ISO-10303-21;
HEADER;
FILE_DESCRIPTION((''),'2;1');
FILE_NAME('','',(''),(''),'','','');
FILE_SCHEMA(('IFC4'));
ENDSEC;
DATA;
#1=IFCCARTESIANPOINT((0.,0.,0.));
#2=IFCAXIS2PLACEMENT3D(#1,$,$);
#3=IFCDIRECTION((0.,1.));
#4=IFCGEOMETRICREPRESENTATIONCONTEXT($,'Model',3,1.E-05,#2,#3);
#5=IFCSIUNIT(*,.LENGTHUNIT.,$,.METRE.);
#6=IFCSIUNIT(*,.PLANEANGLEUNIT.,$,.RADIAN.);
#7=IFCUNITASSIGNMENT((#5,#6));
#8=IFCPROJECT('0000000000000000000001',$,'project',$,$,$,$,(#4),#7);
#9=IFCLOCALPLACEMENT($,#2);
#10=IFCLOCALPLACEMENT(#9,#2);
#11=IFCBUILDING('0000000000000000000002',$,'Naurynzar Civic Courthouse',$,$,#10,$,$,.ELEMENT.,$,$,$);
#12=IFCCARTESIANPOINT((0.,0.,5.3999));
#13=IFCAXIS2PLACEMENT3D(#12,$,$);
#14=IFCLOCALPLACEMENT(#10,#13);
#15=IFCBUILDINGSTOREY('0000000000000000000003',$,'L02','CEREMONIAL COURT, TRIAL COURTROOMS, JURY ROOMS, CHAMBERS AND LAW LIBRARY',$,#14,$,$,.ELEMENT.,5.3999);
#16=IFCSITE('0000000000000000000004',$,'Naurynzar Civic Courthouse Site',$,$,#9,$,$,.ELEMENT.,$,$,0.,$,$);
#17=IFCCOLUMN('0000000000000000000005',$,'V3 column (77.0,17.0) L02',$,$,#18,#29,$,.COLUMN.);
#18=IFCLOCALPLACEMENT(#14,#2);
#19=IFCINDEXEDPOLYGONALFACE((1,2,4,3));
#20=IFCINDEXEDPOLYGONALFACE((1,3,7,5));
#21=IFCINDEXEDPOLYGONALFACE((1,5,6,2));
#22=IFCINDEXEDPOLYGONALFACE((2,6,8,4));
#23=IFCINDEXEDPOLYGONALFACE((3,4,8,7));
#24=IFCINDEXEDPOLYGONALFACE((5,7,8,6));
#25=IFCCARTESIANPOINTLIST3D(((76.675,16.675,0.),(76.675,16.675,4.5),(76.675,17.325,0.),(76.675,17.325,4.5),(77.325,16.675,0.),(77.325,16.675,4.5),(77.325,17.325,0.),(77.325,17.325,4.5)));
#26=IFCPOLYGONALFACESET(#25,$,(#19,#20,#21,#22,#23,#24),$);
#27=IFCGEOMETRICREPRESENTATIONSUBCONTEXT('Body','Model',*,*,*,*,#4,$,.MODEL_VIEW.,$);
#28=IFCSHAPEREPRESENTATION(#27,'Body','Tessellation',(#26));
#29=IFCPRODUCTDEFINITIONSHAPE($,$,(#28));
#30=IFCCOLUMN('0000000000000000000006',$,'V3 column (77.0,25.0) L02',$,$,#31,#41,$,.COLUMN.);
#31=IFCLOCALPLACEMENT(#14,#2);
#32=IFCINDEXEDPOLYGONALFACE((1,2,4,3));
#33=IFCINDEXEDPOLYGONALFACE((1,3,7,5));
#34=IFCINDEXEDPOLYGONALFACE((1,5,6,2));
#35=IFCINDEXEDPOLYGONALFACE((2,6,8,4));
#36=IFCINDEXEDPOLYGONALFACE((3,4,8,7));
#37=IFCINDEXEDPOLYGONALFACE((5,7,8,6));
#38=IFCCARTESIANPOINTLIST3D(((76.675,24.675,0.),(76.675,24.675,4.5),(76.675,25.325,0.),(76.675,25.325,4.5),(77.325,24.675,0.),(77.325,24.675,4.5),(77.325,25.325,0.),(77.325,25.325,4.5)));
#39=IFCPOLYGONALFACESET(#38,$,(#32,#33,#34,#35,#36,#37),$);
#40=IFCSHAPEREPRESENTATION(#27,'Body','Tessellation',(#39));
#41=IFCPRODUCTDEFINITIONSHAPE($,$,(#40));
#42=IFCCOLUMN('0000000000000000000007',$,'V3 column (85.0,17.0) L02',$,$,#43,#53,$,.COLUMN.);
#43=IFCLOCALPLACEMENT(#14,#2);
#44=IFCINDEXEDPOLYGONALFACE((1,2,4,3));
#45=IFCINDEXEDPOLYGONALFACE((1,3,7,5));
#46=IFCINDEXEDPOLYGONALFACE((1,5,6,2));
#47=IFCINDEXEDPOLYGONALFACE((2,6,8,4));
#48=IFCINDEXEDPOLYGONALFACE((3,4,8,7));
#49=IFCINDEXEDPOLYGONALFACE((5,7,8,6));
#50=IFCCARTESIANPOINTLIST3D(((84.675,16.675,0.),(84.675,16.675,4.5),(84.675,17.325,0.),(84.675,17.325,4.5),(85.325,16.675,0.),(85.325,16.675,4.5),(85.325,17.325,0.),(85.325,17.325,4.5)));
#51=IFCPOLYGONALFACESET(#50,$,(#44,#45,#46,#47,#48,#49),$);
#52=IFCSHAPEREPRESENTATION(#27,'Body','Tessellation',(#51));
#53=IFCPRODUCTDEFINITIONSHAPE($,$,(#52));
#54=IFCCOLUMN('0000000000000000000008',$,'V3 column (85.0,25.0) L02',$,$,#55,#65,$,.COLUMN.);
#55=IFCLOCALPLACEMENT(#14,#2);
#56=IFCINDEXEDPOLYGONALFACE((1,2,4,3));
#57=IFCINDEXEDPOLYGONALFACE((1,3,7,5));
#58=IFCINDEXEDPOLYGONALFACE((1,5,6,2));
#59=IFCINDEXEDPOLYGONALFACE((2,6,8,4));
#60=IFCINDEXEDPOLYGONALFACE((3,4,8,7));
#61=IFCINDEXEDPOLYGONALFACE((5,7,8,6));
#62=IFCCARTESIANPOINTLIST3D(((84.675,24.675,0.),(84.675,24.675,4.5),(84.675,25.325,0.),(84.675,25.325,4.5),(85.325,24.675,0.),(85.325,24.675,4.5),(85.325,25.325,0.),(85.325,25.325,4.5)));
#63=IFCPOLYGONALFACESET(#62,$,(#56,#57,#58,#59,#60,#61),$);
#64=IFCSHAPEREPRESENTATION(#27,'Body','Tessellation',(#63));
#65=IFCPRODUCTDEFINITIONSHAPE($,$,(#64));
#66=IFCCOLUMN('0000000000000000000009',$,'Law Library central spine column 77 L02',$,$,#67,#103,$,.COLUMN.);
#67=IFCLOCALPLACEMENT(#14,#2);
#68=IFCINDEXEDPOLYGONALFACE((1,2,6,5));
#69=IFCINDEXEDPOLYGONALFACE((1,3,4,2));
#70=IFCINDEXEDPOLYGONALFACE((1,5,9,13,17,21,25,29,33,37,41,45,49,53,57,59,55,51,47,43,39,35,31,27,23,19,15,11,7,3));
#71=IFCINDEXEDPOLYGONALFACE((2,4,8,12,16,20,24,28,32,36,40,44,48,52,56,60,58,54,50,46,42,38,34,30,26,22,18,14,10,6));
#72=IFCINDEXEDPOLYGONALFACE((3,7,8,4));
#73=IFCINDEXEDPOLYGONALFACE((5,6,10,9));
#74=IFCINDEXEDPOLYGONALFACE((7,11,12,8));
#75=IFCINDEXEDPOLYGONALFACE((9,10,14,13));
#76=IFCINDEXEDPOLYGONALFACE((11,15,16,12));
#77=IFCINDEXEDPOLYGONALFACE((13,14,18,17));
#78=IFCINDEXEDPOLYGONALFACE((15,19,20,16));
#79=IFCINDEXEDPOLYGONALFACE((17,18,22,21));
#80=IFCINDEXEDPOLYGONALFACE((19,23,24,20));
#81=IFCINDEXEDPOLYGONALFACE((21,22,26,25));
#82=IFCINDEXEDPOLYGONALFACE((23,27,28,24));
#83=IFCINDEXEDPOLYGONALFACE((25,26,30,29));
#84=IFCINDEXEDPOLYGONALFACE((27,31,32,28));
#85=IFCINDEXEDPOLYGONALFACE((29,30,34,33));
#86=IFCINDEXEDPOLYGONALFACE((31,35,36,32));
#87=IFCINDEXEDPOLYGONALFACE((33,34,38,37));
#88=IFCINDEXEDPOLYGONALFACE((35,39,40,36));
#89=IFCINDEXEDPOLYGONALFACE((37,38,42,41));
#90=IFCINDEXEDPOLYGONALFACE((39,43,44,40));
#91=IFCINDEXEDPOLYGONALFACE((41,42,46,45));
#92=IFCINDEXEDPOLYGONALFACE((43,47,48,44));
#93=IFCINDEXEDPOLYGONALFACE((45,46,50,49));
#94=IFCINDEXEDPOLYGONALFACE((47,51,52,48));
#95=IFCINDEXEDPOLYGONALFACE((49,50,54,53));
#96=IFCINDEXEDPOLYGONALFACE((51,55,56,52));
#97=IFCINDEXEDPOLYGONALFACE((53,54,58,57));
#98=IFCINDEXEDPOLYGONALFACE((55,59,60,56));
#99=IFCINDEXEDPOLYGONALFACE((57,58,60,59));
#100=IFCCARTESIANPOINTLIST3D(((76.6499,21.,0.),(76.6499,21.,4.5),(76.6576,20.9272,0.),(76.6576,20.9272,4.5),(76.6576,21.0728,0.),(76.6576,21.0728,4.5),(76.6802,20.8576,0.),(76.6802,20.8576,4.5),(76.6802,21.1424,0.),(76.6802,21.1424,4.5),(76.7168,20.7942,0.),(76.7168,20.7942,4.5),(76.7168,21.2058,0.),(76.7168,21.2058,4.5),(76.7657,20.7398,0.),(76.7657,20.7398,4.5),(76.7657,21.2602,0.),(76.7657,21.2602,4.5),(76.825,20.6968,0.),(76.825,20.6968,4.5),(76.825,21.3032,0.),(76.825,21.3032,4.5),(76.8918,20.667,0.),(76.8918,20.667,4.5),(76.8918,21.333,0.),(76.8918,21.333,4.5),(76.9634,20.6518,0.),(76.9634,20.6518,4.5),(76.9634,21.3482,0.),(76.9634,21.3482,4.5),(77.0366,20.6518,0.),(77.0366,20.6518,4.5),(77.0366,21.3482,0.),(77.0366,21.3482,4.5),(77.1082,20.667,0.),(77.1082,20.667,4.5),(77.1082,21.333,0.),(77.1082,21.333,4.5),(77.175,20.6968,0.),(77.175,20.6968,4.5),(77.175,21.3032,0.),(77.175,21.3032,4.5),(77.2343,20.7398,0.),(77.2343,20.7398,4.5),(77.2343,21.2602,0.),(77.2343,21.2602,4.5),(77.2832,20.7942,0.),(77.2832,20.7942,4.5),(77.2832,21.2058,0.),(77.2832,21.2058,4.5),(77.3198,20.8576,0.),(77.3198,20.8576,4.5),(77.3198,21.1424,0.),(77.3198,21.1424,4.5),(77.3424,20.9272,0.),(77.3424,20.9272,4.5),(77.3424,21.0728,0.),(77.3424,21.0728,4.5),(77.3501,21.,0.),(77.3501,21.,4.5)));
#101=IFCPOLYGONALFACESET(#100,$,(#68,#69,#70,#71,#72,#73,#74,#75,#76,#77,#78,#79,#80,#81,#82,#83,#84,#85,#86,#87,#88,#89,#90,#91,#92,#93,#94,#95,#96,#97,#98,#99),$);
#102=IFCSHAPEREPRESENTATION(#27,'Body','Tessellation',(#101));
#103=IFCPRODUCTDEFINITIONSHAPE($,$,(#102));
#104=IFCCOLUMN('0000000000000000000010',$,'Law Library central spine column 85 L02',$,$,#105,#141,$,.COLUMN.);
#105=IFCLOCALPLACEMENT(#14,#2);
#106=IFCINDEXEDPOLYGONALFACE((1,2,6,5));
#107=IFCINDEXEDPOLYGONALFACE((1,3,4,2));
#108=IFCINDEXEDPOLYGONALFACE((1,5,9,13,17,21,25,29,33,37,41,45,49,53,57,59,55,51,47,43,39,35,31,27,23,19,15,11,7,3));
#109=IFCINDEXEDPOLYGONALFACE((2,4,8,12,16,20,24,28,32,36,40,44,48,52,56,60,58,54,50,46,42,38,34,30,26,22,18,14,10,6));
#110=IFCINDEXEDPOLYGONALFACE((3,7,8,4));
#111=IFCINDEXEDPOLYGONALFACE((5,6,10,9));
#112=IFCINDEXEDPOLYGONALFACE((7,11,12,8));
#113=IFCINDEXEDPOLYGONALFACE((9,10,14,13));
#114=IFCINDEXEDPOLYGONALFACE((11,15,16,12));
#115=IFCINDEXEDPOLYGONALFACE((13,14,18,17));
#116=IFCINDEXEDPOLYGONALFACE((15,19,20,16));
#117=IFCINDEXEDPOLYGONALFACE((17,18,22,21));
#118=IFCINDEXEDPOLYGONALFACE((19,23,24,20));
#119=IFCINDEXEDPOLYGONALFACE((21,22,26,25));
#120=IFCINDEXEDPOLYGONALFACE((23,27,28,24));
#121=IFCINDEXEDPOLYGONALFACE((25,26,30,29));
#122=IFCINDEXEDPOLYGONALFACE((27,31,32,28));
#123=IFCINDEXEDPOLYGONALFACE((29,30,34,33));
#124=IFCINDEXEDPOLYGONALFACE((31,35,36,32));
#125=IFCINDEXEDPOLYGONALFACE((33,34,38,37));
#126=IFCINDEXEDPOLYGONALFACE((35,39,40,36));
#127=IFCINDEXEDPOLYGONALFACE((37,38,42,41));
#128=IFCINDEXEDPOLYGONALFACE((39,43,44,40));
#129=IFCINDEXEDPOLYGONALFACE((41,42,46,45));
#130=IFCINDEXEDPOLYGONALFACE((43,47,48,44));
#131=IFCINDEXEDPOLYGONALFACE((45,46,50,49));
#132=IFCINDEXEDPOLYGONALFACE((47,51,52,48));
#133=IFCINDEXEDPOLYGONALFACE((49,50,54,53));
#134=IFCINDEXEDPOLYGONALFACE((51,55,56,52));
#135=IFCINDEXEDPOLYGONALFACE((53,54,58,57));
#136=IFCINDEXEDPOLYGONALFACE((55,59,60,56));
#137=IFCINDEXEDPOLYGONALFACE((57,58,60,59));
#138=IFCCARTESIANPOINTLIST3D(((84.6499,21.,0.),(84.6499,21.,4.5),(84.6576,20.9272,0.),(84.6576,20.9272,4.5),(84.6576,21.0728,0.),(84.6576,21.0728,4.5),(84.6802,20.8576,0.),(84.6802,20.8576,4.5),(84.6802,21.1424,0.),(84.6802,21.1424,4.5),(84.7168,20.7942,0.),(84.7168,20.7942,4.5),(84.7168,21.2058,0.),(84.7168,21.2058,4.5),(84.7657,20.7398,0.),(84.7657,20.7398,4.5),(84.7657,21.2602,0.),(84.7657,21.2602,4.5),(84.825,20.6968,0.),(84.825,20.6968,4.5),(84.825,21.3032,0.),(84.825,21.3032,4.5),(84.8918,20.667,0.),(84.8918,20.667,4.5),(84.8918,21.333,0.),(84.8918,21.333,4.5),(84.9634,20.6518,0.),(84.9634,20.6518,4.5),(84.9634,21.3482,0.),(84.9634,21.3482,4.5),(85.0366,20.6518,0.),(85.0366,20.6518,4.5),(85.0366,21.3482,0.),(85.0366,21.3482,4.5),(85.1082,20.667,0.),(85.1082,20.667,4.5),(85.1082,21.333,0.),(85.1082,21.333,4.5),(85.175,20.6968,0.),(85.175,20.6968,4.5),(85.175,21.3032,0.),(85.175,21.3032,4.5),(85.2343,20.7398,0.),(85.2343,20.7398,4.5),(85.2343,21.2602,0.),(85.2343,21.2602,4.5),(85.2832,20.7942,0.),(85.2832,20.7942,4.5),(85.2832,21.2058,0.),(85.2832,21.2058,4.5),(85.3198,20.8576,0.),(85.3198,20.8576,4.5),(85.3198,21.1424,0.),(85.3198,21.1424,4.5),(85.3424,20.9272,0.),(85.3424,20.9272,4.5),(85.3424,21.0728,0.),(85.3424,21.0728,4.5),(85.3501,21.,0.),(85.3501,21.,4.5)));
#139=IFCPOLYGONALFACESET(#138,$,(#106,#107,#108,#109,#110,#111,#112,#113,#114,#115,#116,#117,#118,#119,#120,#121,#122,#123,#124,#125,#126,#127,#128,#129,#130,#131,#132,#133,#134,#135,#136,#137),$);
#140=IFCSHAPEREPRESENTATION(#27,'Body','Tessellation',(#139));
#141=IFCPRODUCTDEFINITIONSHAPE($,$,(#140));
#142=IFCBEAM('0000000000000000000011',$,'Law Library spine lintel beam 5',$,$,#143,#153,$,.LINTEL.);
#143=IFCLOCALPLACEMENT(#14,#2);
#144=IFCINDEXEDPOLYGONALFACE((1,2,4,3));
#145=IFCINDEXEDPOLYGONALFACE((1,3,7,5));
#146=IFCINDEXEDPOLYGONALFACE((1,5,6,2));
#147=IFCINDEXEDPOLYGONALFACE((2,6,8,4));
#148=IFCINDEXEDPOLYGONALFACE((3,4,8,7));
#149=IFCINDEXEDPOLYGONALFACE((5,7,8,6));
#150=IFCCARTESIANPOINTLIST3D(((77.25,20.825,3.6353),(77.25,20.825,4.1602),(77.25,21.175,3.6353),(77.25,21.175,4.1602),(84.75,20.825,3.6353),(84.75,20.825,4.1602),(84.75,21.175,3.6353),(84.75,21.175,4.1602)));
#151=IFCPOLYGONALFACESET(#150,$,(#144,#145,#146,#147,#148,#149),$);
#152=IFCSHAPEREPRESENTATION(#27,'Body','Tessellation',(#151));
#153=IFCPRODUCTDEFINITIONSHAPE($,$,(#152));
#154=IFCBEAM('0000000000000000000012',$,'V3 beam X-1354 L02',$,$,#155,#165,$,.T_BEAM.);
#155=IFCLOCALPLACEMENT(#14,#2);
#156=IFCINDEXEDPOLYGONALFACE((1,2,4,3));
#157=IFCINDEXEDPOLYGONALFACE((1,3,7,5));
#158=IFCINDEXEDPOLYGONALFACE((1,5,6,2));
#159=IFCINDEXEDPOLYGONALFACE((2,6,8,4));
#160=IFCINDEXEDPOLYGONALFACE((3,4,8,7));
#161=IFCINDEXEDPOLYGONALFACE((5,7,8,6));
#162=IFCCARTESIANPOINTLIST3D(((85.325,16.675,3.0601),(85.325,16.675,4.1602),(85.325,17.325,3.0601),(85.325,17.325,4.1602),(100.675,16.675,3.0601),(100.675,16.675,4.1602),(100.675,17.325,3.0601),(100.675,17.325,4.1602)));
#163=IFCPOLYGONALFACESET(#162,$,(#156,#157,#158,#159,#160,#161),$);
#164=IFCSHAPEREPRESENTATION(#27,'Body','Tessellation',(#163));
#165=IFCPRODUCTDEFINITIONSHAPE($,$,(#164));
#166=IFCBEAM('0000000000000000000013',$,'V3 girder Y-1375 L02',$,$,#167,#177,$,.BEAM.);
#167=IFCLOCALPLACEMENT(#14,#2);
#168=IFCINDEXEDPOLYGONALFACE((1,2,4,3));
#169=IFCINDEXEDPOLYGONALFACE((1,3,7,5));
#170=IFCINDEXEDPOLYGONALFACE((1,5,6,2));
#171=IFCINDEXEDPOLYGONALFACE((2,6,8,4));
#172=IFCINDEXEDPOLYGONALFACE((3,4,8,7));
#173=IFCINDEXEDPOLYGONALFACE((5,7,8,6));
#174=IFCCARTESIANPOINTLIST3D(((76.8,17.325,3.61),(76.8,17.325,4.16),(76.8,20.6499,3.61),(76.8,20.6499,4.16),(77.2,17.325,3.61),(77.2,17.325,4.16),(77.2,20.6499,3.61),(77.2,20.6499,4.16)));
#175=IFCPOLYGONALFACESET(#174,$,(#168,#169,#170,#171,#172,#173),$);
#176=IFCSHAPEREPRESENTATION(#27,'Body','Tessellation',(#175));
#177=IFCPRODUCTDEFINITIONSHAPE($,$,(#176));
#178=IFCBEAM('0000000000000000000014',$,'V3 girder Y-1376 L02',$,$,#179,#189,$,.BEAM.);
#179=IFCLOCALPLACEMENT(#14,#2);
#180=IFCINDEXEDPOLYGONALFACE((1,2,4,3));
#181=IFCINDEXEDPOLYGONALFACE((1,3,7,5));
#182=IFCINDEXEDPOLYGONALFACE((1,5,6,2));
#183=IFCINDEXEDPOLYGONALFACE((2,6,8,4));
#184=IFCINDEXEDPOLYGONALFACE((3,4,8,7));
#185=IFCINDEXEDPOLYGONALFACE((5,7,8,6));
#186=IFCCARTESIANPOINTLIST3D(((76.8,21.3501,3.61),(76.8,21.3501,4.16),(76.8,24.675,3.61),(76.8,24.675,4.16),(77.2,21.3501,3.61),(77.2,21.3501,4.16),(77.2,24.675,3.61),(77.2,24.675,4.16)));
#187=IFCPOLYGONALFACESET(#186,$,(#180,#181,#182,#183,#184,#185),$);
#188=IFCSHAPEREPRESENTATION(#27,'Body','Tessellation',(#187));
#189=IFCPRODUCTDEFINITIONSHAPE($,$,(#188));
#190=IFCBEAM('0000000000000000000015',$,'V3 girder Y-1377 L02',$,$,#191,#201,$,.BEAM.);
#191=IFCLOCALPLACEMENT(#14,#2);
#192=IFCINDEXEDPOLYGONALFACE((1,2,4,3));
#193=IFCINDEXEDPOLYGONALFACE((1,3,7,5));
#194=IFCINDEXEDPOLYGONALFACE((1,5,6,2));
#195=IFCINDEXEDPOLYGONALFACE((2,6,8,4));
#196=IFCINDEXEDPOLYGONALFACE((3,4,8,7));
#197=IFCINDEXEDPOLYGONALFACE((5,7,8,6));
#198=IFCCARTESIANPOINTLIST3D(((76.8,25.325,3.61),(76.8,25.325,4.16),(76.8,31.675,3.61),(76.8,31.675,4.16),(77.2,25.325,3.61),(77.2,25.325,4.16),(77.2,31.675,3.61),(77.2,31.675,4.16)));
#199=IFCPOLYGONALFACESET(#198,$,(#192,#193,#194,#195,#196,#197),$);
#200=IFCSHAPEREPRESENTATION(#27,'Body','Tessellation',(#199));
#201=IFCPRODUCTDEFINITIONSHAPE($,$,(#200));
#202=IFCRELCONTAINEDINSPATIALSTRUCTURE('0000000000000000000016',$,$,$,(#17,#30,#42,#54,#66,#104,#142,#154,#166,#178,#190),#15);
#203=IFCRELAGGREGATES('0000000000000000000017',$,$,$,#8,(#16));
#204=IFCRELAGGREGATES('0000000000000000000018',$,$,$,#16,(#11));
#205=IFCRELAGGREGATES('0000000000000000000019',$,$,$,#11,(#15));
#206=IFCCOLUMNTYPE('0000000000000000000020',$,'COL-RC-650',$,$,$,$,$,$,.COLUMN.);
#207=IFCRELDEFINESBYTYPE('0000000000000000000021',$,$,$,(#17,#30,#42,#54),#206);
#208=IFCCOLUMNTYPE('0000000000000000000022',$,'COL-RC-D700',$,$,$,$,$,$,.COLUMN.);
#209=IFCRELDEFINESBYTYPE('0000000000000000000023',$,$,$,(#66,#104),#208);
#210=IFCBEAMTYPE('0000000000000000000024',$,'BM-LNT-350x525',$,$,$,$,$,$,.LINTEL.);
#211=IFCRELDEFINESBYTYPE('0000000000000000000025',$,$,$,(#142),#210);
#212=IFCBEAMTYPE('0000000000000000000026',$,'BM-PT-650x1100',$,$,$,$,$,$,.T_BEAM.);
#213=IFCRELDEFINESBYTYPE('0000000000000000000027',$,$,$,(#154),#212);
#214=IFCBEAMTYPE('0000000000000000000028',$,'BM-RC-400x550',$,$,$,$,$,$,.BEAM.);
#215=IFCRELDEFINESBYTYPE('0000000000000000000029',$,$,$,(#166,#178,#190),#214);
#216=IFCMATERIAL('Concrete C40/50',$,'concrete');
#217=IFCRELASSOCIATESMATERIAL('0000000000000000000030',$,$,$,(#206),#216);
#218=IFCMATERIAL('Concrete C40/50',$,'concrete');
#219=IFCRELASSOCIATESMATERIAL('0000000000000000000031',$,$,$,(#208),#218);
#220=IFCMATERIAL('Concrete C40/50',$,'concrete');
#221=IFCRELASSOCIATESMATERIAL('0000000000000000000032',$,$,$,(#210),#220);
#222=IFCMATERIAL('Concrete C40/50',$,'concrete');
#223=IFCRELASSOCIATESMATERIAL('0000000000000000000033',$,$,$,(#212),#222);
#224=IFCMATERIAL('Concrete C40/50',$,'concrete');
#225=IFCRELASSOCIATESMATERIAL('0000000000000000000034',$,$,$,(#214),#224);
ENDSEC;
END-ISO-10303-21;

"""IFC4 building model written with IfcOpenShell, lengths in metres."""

from ifc_helpers import new_model, si_unit, direction, frame, origin, origin_2d, place, context, subcontext, project, spatial, rectangle, circle, extrude, material, material_profile, profile_set, type_object, element, save


model = new_model("IFC4")

# Units and contexts
model_context = context("Model", 3, precision=1e-05, world=origin(), true_north=direction((0.0, 1.0)))
body_context = subcontext(model_context, "Body", "Model", "MODEL_VIEW")
ifc_project = project(units=[si_unit("LENGTHUNIT", "METRE"), si_unit("PLANEANGLEUNIT", "RADIAN")], contexts=[model_context])

# Site, building, storey
site_placement = place(None, origin())
site = spatial("IfcSite", under=ifc_project, at=site_placement, Name="Naurynzar Civic Courthouse Site", CompositionType="ELEMENT", RefElevation=0.0)
building_placement = place(site_placement, origin())
building = spatial("IfcBuilding", under=site, at=building_placement, Name="Naurynzar Civic Courthouse", CompositionType="ELEMENT")
storey_placement = place(building_placement, frame((0.0, 0.0, 5.3999)))
storey = spatial("IfcBuildingStorey", under=building, at=storey_placement, Name="L02", Description="CEREMONIAL COURT, TRIAL COURTROOMS, JURY ROOMS, CHAMBERS AND LAW LIBRARY", CompositionType="ELEMENT", Elevation=5.3999)

# Columns
ifc_material_1 = material(Name="Concrete C40/50", Category="concrete")
ifc_material_profile_1 = material_profile(ifc_material_1, rectangle(XDim=0.6499, YDim=0.6499, at=origin_2d()), Name="RC 650x650")
ifc_profile_set_1 = profile_set([ifc_material_profile_1], Name="Concrete C40/50")
column_type_1 = type_object("IfcColumnType", Name="COL-RC-650", PredefinedType="COLUMN", material=ifc_profile_set_1)
for number, where, z_axis, x_axis, name in (
    (1, (77.0, 17.0, 0.0), (0.0, 0.0, 1.0), (1.0, 0.0, 0.0), "V3 column (77.0,17.0) L02"),
    (2, (77.0, 25.0, 0.0), (0.0, 0.0, 1.0), (1.0, 0.0, 0.0), "V3 column (77.0,25.0) L02"),
    (3, (85.0, 17.0, 0.0), (0.0, 0.0, 1.0), (1.0, 0.0, 0.0), "V3 column (85.0,17.0) L02"),
    (4, (85.0, 25.0, 0.0), (0.0, 0.0, 1.0), (1.0, 0.0, 0.0), "V3 column (85.0,25.0) L02"),
):
    element("IfcColumn", number, at=place(storey_placement, frame(where, z_axis=z_axis, x_axis=x_axis)), inside=storey, type_object=column_type_1, Name=name, PredefinedType="COLUMN", context=body_context, shape_type="SweptSolid", body=[
        extrude(rectangle(XDim=0.6499, YDim=0.6499, at=origin_2d()), origin(), (0.0, 0.0, 1.0), 4.5),
    ])
ifc_material_2 = material(Name="Concrete C40/50", Category="concrete")
ifc_material_profile_2 = material_profile(ifc_material_2, circle(Radius=0.3501, at=origin_2d()), Name="RC D700")
ifc_profile_set_2 = profile_set([ifc_material_profile_2], Name="Concrete C40/50")
column_type_2 = type_object("IfcColumnType", Name="COL-RC-D700", PredefinedType="COLUMN", material=ifc_profile_set_2)
for number, where, z_axis, x_axis, name in (
    (5, (77.0, 21.0, 0.0), (0.0, 0.0, 1.0), (1.0, 0.0, 0.0), "Law Library central spine column 77 L02"),
    (6, (85.0, 21.0, 0.0), (0.0, 0.0, 1.0), (1.0, 0.0, 0.0), "Law Library central spine column 85 L02"),
):
    element("IfcColumn", number, at=place(storey_placement, frame(where, z_axis=z_axis, x_axis=x_axis)), inside=storey, type_object=column_type_2, Name=name, PredefinedType="COLUMN", context=body_context, shape_type="SweptSolid", body=[
        extrude(circle(Radius=0.3501, at=origin_2d()), origin(), (0.0, 0.0, 1.0), 4.5),
    ])

# Beams
ifc_material_3 = material(Name="Concrete C40/50", Category="concrete")
ifc_material_profile_3 = material_profile(ifc_material_3, rectangle(XDim=0.3501, YDim=0.5249, at=origin_2d()), Name="RCB 350x525")
ifc_profile_set_3 = profile_set([ifc_material_profile_3], Name="Concrete C40/50")
beam_type_1 = type_object("IfcBeamType", Name="BM-LNT-350x525", PredefinedType="LINTEL", material=ifc_profile_set_3)
beam_1_placement = place(storey_placement, frame((77.25, 21.0, 3.8977), z_axis=(1.0, 0.0, 0.0), x_axis=(0.0, 1.0, 0.0)))
element("IfcBeam", 7, at=beam_1_placement, inside=storey, type_object=beam_type_1, Name="Law Library spine lintel beam 5", PredefinedType="LINTEL", context=body_context, shape_type="SweptSolid", body=[
    extrude(rectangle(XDim=0.3501, YDim=0.5249, at=origin_2d()), origin(), (0.0, 0.0, 1.0), 7.5),
])
ifc_material_4 = material(Name="Concrete C40/50", Category="concrete")
ifc_material_profile_4 = material_profile(ifc_material_4, rectangle(XDim=0.6499, YDim=1.1001, at=origin_2d()), Name="PTB 650x1100")
ifc_profile_set_4 = profile_set([ifc_material_profile_4], Name="Concrete C40/50")
beam_type_2 = type_object("IfcBeamType", Name="BM-PT-650x1100", PredefinedType="T_BEAM", material=ifc_profile_set_4)
beam_2_placement = place(storey_placement, frame((85.325, 17.0, 3.6101), z_axis=(1.0, 0.0, 0.0), x_axis=(0.0, 1.0, 0.0)))
element("IfcBeam", 8, at=beam_2_placement, inside=storey, type_object=beam_type_2, Name="V3 beam X-1354 L02", PredefinedType="T_BEAM", context=body_context, shape_type="SweptSolid", body=[
    extrude(rectangle(XDim=0.6499, YDim=1.1001, at=origin_2d()), origin(), (0.0, 0.0, 1.0), 15.3501),
])
ifc_material_5 = material(Name="Concrete C40/50", Category="concrete")
ifc_material_profile_5 = material_profile(ifc_material_5, rectangle(XDim=0.3999, YDim=0.55, at=origin_2d()), Name="RCB 400x550")
ifc_profile_set_5 = profile_set([ifc_material_profile_5], Name="Concrete C40/50")
beam_type_3 = type_object("IfcBeamType", Name="BM-RC-400x550", PredefinedType="BEAM", material=ifc_profile_set_5)
for number, where, z_axis, x_axis, name in (
    (9, (77.0, 17.325, 3.885), (0.0, 1.0, 0.0), (-1.0, 0.0, 0.0), "V3 girder Y-1375 L02"),
    (10, (77.0, 21.3501, 3.885), (0.0, 1.0, 0.0), (-1.0, 0.0, 0.0), "V3 girder Y-1376 L02"),
):
    element("IfcBeam", number, at=place(storey_placement, frame(where, z_axis=z_axis, x_axis=x_axis)), inside=storey, type_object=beam_type_3, Name=name, PredefinedType="BEAM", context=body_context, shape_type="SweptSolid", body=[
        extrude(rectangle(XDim=0.3999, YDim=0.55, at=origin_2d()), origin(), (0.0, 0.0, 1.0), 3.325),
    ])
beam_3_placement = place(storey_placement, frame((77.0, 25.325, 3.885), z_axis=(0.0, 1.0, 0.0), x_axis=(-1.0, 0.0, 0.0)))
element("IfcBeam", 11, at=beam_3_placement, inside=storey, type_object=beam_type_3, Name="V3 girder Y-1377 L02", PredefinedType="BEAM", context=body_context, shape_type="SweptSolid", body=[
    extrude(rectangle(XDim=0.3999, YDim=0.55, at=origin_2d()), origin(), (0.0, 0.0, 1.0), 6.3501),
])

save(model, "model.ifc")
